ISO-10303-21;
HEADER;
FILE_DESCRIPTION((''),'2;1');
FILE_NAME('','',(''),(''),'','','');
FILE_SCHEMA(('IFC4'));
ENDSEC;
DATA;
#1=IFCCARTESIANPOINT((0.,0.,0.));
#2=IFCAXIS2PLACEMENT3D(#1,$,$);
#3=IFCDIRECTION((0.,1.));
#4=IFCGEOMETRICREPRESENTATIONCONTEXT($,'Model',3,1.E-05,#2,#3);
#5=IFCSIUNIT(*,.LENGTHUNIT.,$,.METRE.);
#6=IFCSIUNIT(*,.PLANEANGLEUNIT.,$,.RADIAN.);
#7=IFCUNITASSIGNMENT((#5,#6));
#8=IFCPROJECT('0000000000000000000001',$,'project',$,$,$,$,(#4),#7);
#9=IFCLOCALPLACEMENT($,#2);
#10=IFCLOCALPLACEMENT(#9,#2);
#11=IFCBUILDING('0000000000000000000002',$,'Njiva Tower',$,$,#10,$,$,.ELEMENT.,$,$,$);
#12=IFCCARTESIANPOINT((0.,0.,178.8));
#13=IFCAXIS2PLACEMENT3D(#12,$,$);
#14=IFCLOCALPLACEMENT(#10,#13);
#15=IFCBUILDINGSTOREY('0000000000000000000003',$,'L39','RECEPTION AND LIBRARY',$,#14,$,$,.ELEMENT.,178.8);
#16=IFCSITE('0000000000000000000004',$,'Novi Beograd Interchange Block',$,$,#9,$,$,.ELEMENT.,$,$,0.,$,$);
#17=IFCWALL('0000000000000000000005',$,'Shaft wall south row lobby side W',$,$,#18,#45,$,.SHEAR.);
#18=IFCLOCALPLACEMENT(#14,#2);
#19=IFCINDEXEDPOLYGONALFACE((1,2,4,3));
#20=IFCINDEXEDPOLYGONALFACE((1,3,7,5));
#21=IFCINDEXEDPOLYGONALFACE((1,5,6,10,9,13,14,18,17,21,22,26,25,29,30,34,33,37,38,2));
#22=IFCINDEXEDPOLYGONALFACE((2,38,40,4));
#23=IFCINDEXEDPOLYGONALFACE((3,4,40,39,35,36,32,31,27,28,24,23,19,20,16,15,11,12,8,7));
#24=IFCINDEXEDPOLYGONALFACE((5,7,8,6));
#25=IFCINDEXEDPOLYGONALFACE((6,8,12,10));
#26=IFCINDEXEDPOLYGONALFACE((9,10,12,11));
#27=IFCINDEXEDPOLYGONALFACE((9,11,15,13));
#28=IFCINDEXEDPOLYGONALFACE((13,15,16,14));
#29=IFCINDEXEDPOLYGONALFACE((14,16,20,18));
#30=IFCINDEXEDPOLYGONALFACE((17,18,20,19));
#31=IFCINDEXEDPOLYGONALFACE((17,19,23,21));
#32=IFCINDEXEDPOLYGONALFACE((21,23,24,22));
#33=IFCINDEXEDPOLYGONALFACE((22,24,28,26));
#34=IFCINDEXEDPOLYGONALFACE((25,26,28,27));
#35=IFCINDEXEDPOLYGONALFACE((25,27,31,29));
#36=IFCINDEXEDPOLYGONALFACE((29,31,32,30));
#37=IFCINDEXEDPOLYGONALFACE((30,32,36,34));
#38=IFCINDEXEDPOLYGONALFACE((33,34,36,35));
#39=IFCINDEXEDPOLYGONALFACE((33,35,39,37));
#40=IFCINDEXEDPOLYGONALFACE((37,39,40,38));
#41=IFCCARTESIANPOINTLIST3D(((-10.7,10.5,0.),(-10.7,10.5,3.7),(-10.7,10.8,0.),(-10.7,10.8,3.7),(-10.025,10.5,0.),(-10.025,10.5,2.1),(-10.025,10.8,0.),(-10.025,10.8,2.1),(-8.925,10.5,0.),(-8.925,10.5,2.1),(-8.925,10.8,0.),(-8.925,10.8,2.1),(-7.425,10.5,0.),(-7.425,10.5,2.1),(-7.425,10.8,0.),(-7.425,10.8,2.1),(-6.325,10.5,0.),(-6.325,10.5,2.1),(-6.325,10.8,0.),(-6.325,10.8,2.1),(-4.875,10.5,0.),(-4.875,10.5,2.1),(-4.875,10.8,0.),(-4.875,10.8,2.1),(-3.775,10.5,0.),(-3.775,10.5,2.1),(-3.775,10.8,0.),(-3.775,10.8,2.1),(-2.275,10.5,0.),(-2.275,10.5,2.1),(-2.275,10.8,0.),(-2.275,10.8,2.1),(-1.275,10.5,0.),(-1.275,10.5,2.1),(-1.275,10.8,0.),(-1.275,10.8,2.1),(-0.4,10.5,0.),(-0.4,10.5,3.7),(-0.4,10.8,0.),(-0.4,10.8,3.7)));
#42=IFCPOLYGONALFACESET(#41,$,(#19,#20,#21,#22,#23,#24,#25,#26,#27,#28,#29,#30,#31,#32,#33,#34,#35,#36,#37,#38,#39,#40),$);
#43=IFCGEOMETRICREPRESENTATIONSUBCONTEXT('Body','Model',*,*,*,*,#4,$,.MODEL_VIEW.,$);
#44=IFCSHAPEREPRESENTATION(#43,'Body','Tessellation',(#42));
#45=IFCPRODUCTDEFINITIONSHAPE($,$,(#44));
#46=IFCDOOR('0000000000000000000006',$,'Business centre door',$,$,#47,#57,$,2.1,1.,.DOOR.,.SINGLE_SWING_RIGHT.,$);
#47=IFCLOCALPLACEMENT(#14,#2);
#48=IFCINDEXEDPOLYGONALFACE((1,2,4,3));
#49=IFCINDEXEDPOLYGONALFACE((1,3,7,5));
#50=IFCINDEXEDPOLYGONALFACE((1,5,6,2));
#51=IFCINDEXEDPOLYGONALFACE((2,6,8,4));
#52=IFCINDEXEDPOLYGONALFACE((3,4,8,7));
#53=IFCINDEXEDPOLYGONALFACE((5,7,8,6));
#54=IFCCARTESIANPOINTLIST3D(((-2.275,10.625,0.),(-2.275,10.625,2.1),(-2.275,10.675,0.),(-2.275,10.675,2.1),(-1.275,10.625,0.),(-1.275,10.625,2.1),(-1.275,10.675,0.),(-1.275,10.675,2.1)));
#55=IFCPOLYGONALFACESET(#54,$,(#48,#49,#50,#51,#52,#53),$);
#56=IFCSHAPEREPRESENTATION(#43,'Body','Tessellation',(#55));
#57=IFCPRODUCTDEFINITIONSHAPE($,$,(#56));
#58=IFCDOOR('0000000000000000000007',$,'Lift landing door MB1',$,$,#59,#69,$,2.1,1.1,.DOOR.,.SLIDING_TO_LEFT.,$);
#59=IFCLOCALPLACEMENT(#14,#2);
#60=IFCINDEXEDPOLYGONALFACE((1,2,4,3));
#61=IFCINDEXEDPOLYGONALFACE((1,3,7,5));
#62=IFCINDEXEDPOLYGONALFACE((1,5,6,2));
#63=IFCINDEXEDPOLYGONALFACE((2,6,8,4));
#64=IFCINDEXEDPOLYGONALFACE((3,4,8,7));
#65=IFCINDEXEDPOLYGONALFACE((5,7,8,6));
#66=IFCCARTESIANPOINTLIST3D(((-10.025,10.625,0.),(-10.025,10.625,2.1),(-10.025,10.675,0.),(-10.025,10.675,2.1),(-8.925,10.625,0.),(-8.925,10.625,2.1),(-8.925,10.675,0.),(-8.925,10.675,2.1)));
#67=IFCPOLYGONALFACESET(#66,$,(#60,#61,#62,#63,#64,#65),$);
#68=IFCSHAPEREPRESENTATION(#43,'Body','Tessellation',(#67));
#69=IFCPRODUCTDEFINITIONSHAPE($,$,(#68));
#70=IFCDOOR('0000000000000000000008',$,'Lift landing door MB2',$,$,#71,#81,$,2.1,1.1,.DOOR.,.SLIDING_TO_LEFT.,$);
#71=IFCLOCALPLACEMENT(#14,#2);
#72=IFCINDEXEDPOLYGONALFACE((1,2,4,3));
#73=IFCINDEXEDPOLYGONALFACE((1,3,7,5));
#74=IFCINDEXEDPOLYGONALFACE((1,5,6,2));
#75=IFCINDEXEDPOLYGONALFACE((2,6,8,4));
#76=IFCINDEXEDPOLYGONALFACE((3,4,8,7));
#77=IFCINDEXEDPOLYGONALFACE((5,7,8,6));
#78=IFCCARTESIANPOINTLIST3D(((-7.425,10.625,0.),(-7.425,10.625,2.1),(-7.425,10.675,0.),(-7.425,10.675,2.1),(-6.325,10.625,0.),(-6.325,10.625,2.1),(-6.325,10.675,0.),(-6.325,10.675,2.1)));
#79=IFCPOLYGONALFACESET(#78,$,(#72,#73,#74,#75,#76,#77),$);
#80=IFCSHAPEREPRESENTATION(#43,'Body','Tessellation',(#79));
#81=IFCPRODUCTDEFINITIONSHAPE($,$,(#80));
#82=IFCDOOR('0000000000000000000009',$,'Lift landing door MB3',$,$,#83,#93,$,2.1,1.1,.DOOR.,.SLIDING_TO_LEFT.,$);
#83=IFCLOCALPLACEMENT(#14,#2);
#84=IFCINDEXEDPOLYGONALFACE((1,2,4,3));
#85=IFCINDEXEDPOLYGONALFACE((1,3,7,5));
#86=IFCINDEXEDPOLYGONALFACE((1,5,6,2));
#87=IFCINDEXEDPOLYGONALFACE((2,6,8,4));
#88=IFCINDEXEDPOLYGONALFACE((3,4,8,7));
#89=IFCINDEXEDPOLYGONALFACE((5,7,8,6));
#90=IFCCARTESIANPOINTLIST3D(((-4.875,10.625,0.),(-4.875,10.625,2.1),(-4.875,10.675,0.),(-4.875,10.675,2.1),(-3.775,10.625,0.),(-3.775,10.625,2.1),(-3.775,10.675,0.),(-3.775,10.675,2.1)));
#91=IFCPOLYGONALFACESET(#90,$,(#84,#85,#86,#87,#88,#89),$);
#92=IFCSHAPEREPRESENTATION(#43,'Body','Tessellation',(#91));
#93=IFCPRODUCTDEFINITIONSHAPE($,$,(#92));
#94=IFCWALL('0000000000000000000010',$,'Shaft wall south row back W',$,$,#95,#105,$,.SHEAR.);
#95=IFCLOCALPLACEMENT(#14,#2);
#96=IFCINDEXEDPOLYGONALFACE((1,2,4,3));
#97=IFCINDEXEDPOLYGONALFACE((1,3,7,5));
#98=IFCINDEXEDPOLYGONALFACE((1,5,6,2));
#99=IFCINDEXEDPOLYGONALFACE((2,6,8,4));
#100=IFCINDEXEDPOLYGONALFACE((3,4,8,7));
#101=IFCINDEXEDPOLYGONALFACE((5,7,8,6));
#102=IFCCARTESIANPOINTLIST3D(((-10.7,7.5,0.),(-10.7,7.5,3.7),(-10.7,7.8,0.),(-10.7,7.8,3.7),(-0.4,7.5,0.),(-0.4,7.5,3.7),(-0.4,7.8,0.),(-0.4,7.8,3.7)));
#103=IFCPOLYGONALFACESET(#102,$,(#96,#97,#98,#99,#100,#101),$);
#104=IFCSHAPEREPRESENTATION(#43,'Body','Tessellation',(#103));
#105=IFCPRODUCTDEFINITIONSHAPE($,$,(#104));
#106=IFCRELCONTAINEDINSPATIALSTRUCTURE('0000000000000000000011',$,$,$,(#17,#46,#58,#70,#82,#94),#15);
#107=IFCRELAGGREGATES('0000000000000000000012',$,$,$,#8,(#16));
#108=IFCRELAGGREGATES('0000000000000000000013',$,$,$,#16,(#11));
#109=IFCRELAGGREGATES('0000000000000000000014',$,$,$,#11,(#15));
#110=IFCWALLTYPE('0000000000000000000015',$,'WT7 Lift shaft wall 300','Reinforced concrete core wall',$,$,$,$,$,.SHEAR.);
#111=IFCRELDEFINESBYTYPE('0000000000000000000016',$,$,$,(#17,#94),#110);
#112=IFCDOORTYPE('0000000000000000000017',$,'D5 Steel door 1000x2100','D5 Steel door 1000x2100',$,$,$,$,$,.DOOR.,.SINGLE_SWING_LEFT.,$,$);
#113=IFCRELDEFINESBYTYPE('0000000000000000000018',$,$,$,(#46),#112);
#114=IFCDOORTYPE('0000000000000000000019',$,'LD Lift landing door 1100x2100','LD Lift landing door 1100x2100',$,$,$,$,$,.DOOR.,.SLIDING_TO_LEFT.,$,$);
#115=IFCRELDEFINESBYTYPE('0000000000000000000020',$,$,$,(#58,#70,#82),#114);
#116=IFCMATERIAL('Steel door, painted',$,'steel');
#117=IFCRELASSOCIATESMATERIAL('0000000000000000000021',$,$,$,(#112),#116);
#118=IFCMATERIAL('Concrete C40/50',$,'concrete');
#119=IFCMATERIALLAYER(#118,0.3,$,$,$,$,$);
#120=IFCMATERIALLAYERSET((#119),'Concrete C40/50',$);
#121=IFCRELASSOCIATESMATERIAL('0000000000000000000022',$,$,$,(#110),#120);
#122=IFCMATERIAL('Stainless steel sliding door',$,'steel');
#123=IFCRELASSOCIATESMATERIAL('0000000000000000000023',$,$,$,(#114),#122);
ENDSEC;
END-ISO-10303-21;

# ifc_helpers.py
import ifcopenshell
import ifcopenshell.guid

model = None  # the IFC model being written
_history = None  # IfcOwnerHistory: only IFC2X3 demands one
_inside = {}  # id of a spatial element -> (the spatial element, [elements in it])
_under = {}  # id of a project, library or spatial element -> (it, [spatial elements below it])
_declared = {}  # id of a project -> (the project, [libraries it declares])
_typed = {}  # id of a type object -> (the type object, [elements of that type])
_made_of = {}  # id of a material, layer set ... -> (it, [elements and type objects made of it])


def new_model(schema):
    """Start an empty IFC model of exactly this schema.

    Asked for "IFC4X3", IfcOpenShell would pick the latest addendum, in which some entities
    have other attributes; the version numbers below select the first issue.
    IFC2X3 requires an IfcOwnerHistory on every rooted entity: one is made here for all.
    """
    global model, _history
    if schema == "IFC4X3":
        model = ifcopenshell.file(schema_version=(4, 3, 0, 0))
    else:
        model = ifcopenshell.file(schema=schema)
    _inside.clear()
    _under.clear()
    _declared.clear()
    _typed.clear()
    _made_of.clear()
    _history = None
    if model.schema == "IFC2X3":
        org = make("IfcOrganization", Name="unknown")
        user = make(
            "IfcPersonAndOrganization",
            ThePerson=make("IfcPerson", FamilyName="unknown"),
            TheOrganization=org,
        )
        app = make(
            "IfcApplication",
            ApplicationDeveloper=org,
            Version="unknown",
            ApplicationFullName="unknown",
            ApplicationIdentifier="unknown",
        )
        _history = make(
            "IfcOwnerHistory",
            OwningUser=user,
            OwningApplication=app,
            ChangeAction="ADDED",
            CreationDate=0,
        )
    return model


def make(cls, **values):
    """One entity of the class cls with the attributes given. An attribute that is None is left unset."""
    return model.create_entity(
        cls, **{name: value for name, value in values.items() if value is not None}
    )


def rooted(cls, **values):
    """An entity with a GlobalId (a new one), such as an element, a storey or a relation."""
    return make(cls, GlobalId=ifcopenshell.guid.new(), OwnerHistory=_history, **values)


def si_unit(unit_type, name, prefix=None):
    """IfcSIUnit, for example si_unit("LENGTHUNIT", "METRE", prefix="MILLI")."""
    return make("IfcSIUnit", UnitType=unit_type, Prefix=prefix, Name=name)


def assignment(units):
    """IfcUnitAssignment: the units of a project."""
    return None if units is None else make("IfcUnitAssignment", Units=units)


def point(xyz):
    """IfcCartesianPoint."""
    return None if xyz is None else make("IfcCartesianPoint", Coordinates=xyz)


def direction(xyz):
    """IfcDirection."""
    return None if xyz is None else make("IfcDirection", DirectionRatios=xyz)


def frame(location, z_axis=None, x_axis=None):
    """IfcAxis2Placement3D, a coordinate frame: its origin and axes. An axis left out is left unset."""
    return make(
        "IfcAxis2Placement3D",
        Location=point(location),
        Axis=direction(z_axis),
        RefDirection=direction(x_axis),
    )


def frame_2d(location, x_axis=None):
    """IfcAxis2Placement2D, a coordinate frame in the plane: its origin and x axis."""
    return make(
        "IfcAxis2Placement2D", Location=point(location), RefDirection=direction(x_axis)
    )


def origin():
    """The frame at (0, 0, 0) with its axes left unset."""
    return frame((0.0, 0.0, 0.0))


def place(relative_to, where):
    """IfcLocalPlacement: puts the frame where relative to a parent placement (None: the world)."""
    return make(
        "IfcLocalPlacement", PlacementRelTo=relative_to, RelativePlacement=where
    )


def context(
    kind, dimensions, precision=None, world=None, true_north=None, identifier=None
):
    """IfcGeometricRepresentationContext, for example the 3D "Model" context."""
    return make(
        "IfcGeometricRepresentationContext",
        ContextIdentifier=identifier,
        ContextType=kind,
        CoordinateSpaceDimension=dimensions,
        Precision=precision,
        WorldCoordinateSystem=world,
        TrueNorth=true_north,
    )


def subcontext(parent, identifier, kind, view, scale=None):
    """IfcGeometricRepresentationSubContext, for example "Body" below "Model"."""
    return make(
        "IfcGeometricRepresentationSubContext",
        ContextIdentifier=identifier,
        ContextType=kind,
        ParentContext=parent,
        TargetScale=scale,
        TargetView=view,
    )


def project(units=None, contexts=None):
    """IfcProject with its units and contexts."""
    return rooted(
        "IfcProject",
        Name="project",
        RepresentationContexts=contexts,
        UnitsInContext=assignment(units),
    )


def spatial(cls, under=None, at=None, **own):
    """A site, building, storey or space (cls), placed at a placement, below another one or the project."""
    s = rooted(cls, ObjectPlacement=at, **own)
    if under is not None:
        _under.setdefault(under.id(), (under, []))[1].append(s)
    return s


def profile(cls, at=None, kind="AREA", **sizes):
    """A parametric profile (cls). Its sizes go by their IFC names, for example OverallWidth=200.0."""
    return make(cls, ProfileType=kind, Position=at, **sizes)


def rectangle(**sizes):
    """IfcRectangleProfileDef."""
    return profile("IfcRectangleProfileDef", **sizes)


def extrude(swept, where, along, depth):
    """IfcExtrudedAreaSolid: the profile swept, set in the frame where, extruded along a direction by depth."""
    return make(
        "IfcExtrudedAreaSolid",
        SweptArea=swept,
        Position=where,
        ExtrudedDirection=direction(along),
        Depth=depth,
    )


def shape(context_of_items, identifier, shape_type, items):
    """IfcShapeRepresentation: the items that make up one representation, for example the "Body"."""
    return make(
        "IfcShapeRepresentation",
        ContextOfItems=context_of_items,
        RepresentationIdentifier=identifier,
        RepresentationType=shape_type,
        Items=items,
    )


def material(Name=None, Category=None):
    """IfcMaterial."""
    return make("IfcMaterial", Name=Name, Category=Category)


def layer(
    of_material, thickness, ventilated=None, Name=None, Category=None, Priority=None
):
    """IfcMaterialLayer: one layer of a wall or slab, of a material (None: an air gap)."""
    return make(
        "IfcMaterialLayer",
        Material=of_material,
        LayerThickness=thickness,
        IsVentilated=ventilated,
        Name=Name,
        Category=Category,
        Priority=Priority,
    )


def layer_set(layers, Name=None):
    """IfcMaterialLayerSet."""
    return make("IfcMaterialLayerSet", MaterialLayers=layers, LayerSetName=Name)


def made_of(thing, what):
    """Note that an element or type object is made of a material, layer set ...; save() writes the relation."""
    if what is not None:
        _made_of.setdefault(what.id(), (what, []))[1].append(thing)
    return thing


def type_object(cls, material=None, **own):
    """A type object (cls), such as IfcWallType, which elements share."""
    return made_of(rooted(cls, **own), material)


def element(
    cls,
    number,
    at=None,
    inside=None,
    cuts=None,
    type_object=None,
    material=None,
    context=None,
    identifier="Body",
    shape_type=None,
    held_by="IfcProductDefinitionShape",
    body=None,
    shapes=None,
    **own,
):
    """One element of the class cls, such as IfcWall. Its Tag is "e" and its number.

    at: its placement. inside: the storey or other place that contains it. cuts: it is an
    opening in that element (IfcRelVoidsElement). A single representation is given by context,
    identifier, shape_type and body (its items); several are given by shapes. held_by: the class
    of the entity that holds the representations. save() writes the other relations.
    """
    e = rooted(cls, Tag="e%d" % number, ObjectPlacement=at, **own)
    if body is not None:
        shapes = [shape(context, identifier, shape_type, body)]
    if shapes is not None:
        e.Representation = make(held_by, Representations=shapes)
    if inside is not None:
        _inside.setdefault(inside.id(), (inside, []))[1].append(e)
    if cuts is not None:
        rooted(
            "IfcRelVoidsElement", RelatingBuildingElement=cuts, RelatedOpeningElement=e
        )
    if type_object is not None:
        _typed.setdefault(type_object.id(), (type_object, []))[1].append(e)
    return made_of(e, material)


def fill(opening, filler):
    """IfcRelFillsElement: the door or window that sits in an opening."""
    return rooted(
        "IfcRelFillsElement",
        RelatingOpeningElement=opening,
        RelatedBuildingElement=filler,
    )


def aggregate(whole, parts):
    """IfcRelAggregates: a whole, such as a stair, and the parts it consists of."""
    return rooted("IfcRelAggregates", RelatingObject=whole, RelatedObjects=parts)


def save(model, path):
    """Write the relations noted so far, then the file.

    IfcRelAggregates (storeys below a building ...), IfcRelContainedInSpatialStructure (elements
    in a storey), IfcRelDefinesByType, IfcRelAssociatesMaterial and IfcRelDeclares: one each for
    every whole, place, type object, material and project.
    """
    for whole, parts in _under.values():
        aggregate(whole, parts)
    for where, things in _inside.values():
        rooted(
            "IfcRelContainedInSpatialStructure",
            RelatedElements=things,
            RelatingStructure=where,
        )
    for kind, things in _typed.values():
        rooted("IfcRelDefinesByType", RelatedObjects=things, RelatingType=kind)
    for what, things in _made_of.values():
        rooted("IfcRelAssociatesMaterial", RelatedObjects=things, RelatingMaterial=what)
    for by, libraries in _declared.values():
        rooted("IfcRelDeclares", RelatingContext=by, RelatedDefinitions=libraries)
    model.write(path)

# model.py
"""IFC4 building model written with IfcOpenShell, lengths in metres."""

from ifc_helpers import new_model, si_unit, direction, frame, frame_2d, origin, place, context, subcontext, project, spatial, rectangle, extrude, material, layer, layer_set, type_object, element, fill, save


model = new_model("IFC4")

# Units and contexts
model_context = context("Model", 3, precision=1e-05, world=origin(), true_north=direction((0.0, 1.0)))
body_context = subcontext(model_context, "Body", "Model", "MODEL_VIEW")
ifc_project = project(units=[si_unit("LENGTHUNIT", "METRE"), si_unit("PLANEANGLEUNIT", "RADIAN")], contexts=[model_context])

# Site, building, storey
site_placement = place(None, origin())
site = spatial("IfcSite", under=ifc_project, at=site_placement, Name="Novi Beograd Interchange Block", CompositionType="ELEMENT", RefElevation=0.0)
building_placement = place(site_placement, origin())
building = spatial("IfcBuilding", under=site, at=building_placement, Name="Njiva Tower", CompositionType="ELEMENT")
storey_placement = place(building_placement, frame((0.0, 0.0, 178.8)))
storey = spatial("IfcBuildingStorey", under=building, at=storey_placement, Name="L39", Description="RECEPTION AND LIBRARY", CompositionType="ELEMENT", Elevation=178.8)

# Shared definitions
ifc_material_1 = material(Name="Concrete C40/50", Category="concrete")
ifc_material_2 = material(Name="Steel door, painted", Category="steel")
door_type_1 = type_object("IfcDoorType", Name="D5 Steel door 1000x2100", Description="D5 Steel door 1000x2100", OperationType="SINGLE_SWING_LEFT", PredefinedType="DOOR", material=ifc_material_2)

# Wall, openings, doors
ifc_layer_1 = layer(ifc_material_1, 0.3)
ifc_layer_set_1 = layer_set([ifc_layer_1], Name="Concrete C40/50")
wall_type_1 = type_object("IfcWallType", Name="WT7 Lift shaft wall 300", Description="Reinforced concrete core wall", PredefinedType="SHEAR", material=ifc_layer_set_1)
wall_1_placement = place(storey_placement, frame((-10.7, 10.65, 0.0), z_axis=(0.0, 0.0, 1.0), x_axis=(1.0, 0.0, 0.0)))
wall_1 = element("IfcWall", 1, at=wall_1_placement, inside=storey, type_object=wall_type_1, Name="Shaft wall south row lobby side W", PredefinedType="SHEAR", context=body_context, shape_type="SweptSolid", body=[
    extrude(rectangle(XDim=10.3, YDim=0.3, at=frame_2d((5.15, 0.0))), origin(), (0.0, 0.0, 1.0), 3.7),
])
opening_1_placement = place(wall_1_placement, frame((0.675, 0.0, 0.0)))
opening_1 = element("IfcOpeningElement", 2, at=opening_1_placement, cuts=wall_1, PredefinedType="OPENING", context=body_context, shape_type="SweptSolid", body=[
    extrude(rectangle(XDim=1.1, YDim=2.1, at=frame_2d((0.55, 1.05))), frame((0.0, 0.16, 0.0), z_axis=(0.0, -1.0, 0.0), x_axis=(1.0, 0.0, 0.0)), (0.0, 0.0, 1.0), 0.32),
])
opening_2_placement = place(wall_1_placement, frame((3.275, 0.0, 0.0)))
opening_2 = element("IfcOpeningElement", 3, at=opening_2_placement, cuts=wall_1, PredefinedType="OPENING", context=body_context, shape_type="SweptSolid", body=[
    extrude(rectangle(XDim=1.1, YDim=2.1, at=frame_2d((0.55, 1.05))), frame((0.0, 0.16, 0.0), z_axis=(0.0, -1.0, 0.0), x_axis=(1.0, 0.0, 0.0)), (0.0, 0.0, 1.0), 0.32),
])
opening_3_placement = place(wall_1_placement, frame((5.825, 0.0, 0.0)))
opening_3 = element("IfcOpeningElement", 4, at=opening_3_placement, cuts=wall_1, PredefinedType="OPENING", context=body_context, shape_type="SweptSolid", body=[
    extrude(rectangle(XDim=1.1, YDim=2.1, at=frame_2d((0.55, 1.05))), frame((0.0, 0.16, 0.0), z_axis=(0.0, -1.0, 0.0), x_axis=(1.0, 0.0, 0.0)), (0.0, 0.0, 1.0), 0.32),
])
opening_4_placement = place(wall_1_placement, frame((8.425, 0.0, 0.0)))
opening_4 = element("IfcOpeningElement", 5, at=opening_4_placement, cuts=wall_1, PredefinedType="OPENING", context=body_context, shape_type="SweptSolid", body=[
    extrude(rectangle(XDim=1.0, YDim=2.1, at=frame_2d((0.5, 1.05))), frame((0.0, 0.16, 0.0), z_axis=(0.0, -1.0, 0.0), x_axis=(1.0, 0.0, 0.0)), (0.0, 0.0, 1.0), 0.32),
])
door_1_placement = place(opening_4_placement, origin())
door_1 = element("IfcDoor", 6, at=door_1_placement, inside=storey, type_object=door_type_1, Name="Business centre door", OperationType="SINGLE_SWING_RIGHT", OverallHeight=2.1, OverallWidth=1.0, PredefinedType="DOOR", context=body_context, shape_type="SweptSolid", body=[
    extrude(rectangle(XDim=1.0, YDim=2.1, at=frame_2d((0.5, 1.05))), frame((0.0, 0.025, 0.0), z_axis=(0.0, -1.0, 0.0), x_axis=(1.0, 0.0, 0.0)), (0.0, 0.0, 1.0), 0.05),
])
fill(opening_4, door_1)
ifc_material_3 = material(Name="Stainless steel sliding door", Category="steel")
door_type_2 = type_object("IfcDoorType", Name="LD Lift landing door 1100x2100", Description="LD Lift landing door 1100x2100", OperationType="SLIDING_TO_LEFT", PredefinedType="DOOR", material=ifc_material_3)
door_2_placement = place(opening_1_placement, origin())
door_2 = element("IfcDoor", 7, at=door_2_placement, inside=storey, type_object=door_type_2, Name="Lift landing door MB1", OperationType="SLIDING_TO_LEFT", OverallHeight=2.1, OverallWidth=1.1, PredefinedType="DOOR", context=body_context, shape_type="SweptSolid", body=[
    extrude(rectangle(XDim=1.1, YDim=2.1, at=frame_2d((0.55, 1.05))), frame((0.0, 0.025, 0.0), z_axis=(0.0, -1.0, 0.0), x_axis=(1.0, 0.0, 0.0)), (0.0, 0.0, 1.0), 0.05),
])
fill(opening_1, door_2)
door_3_placement = place(opening_2_placement, origin())
door_3 = element("IfcDoor", 8, at=door_3_placement, inside=storey, type_object=door_type_2, Name="Lift landing door MB2", OperationType="SLIDING_TO_LEFT", OverallHeight=2.1, OverallWidth=1.1, PredefinedType="DOOR", context=body_context, shape_type="SweptSolid", body=[
    extrude(rectangle(XDim=1.1, YDim=2.1, at=frame_2d((0.55, 1.05))), frame((0.0, 0.025, 0.0), z_axis=(0.0, -1.0, 0.0), x_axis=(1.0, 0.0, 0.0)), (0.0, 0.0, 1.0), 0.05),
])
fill(opening_2, door_3)
door_4_placement = place(opening_3_placement, origin())
door_4 = element("IfcDoor", 9, at=door_4_placement, inside=storey, type_object=door_type_2, Name="Lift landing door MB3", OperationType="SLIDING_TO_LEFT", OverallHeight=2.1, OverallWidth=1.1, PredefinedType="DOOR", context=body_context, shape_type="SweptSolid", body=[
    extrude(rectangle(XDim=1.1, YDim=2.1, at=frame_2d((0.55, 1.05))), frame((0.0, 0.025, 0.0), z_axis=(0.0, -1.0, 0.0), x_axis=(1.0, 0.0, 0.0)), (0.0, 0.0, 1.0), 0.05),
])
fill(opening_3, door_4)

# Wall
wall_2_placement = place(storey_placement, frame((-10.7, 7.65, 0.0), z_axis=(0.0, 0.0, 1.0), x_axis=(1.0, 0.0, 0.0)))
element("IfcWall", 10, at=wall_2_placement, inside=storey, type_object=wall_type_1, Name="Shaft wall south row back W", PredefinedType="SHEAR", context=body_context, shape_type="SweptSolid", body=[
    extrude(rectangle(XDim=10.3, YDim=0.3, at=frame_2d((5.15, 0.0))), origin(), (0.0, 0.0, 1.0), 3.7),
])

save(model, "model.ifc")
